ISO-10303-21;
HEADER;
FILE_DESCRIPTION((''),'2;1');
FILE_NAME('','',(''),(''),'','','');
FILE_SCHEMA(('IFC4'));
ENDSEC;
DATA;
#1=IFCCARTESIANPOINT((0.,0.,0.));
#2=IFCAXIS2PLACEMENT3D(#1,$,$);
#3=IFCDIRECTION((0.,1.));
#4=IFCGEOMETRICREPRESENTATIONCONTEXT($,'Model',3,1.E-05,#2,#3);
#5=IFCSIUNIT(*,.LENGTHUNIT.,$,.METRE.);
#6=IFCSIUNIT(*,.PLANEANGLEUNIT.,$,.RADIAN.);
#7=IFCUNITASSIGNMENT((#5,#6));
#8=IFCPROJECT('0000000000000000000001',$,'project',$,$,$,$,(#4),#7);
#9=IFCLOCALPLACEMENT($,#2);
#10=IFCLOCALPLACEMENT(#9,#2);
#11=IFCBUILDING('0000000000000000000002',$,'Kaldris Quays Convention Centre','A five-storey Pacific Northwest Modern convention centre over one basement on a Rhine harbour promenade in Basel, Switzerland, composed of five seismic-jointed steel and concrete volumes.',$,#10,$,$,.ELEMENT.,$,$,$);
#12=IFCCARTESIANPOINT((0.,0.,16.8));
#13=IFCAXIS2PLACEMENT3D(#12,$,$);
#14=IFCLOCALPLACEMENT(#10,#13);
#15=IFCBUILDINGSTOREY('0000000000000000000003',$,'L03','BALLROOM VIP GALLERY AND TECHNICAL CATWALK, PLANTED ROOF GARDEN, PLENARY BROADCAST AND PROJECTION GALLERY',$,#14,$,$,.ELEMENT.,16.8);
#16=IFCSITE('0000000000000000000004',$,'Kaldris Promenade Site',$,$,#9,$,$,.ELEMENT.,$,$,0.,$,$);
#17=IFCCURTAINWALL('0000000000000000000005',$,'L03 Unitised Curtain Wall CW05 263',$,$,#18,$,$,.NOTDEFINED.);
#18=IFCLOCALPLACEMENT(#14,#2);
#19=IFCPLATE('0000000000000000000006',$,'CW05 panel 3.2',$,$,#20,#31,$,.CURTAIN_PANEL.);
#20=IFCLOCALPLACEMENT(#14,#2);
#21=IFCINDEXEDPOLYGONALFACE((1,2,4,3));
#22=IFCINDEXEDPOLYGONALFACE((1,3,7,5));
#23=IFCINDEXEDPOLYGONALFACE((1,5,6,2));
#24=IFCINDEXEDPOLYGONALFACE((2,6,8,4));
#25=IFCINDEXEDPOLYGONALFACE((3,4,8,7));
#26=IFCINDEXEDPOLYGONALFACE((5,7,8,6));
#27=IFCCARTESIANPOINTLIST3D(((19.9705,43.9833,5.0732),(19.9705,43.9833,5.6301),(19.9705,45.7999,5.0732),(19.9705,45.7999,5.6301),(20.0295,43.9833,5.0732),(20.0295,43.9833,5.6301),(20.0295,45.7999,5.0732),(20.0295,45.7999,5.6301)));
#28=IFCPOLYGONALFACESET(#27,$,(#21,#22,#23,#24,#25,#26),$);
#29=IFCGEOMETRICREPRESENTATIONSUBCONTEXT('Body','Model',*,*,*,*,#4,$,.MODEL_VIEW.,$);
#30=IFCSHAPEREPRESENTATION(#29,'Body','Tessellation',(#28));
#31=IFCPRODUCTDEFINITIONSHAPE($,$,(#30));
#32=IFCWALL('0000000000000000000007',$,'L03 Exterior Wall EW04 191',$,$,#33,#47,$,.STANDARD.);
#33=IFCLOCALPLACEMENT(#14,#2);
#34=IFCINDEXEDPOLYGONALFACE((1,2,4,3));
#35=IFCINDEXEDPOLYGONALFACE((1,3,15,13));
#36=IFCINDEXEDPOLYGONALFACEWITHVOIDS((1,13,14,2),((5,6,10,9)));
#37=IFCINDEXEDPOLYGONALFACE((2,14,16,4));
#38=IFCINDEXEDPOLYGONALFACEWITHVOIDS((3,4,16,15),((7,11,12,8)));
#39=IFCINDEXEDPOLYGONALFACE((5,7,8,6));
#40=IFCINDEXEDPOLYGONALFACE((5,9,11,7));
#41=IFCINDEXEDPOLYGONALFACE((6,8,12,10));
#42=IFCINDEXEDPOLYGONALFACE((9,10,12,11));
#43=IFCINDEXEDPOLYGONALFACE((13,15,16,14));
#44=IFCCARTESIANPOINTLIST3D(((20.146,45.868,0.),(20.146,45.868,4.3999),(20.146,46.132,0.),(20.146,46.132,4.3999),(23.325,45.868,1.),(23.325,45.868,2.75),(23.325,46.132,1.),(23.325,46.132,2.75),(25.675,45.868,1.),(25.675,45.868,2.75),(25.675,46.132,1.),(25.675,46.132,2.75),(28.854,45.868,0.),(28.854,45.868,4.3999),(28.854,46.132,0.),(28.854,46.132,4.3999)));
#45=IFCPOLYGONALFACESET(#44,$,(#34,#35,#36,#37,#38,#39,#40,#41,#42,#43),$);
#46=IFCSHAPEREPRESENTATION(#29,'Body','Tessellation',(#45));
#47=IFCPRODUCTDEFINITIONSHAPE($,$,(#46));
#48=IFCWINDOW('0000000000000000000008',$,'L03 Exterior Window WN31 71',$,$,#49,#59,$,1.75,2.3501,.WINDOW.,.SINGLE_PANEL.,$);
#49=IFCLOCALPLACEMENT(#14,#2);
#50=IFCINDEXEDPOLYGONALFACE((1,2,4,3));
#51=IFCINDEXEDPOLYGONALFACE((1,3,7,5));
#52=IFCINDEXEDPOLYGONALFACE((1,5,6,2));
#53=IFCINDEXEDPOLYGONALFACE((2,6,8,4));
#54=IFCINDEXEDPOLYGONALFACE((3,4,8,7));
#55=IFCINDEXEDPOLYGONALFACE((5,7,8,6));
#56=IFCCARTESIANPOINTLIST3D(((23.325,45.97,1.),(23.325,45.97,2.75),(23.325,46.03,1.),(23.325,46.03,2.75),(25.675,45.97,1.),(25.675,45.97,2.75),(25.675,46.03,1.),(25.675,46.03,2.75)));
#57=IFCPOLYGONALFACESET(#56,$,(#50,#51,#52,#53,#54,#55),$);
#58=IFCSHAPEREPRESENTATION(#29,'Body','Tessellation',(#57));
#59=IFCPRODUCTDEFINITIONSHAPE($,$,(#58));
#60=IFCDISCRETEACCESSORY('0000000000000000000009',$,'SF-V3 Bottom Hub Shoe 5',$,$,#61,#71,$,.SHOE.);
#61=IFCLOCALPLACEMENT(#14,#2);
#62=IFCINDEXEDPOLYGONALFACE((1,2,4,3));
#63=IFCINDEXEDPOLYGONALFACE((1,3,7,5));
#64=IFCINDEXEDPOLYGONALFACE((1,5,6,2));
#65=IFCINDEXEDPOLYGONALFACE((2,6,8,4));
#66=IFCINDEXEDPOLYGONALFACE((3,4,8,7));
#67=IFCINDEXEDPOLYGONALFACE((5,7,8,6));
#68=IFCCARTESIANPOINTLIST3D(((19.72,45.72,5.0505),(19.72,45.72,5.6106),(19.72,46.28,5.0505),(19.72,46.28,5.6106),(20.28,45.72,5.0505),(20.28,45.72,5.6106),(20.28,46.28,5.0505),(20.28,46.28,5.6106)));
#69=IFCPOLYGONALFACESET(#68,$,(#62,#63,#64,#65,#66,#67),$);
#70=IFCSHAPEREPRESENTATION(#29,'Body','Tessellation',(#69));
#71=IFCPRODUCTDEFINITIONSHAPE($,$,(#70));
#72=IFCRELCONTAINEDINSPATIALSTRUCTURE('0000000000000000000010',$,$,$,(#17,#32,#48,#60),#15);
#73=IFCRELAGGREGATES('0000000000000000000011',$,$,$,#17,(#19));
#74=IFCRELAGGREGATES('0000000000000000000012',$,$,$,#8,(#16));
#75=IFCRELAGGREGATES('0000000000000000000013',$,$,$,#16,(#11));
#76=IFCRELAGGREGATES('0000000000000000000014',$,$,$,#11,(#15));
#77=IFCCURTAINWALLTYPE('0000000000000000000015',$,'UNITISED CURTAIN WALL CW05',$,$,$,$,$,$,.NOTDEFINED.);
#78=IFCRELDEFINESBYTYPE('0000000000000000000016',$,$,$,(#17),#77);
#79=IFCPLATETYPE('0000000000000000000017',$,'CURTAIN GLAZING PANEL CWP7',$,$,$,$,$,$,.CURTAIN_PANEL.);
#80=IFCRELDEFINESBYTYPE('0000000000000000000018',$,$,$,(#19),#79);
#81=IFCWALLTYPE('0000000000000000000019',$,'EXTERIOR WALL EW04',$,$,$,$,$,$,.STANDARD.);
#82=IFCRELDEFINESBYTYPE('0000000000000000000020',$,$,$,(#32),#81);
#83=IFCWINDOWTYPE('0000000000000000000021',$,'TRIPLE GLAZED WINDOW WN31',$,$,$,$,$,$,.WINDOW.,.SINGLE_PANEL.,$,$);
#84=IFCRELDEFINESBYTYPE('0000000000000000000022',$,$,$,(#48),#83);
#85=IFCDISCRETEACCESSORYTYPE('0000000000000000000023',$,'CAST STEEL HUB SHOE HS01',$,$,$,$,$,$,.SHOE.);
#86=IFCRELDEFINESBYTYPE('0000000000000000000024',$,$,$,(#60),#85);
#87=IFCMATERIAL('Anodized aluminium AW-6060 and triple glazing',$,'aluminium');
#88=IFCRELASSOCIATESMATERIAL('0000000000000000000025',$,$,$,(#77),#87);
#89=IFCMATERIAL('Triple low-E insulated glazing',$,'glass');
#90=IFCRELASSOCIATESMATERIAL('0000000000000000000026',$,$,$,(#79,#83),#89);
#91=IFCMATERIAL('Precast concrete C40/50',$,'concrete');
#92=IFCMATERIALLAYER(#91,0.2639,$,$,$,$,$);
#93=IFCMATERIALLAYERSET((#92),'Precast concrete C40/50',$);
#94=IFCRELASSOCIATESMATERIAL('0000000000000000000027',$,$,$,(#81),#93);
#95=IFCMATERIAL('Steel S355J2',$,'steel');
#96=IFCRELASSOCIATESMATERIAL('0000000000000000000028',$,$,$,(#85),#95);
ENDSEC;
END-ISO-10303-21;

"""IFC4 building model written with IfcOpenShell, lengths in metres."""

from ifc_helpers import new_model, si_unit, direction, frame, frame_2d, origin, origin_2d, place, context, subcontext, project, spatial, rectangle, extrude, material, layer, layer_set, type_object, element, fill, aggregate, save


model = new_model("IFC4")

# Units and contexts
model_context = context("Model", 3, precision=1e-05, world=origin(), true_north=direction((0.0, 1.0)))
body_context = subcontext(model_context, "Body", "Model", "MODEL_VIEW")
ifc_project = project(units=[si_unit("LENGTHUNIT", "METRE"), si_unit("PLANEANGLEUNIT", "RADIAN")], contexts=[model_context])

# Site, building, storey
site_placement = place(None, origin())
site = spatial("IfcSite", under=ifc_project, at=site_placement, Name="Kaldris Promenade Site", CompositionType="ELEMENT", RefElevation=0.0)
building_placement = place(site_placement, origin())
building = spatial("IfcBuilding", under=site, at=building_placement, Name="Kaldris Quays Convention Centre", Description="A five-storey Pacific Northwest Modern convention centre over one basement on a Rhine harbour promenade in Basel, Switzerland, composed of five seismic-jointed steel and concrete volumes.", CompositionType="ELEMENT")
storey_placement = place(building_placement, frame((0.0, 0.0, 16.8)))
storey = spatial("IfcBuildingStorey", under=building, at=storey_placement, Name="L03", Description="BALLROOM VIP GALLERY AND TECHNICAL CATWALK, PLANTED ROOF GARDEN, PLENARY BROADCAST AND PROJECTION GALLERY", CompositionType="ELEMENT", Elevation=16.8)

# Shared definitions
ifc_material_1 = material(Name="Steel S355J2", Category="steel")

# Curtain wall
ifc_material_2 = material(Name="Anodized aluminium AW-6060 and triple glazing", Category="aluminium")
curtain_wall_type = type_object("IfcCurtainWallType", Name="UNITISED CURTAIN WALL CW05", PredefinedType="NOTDEFINED", material=ifc_material_2)
curtain_wall_placement = place(storey_placement, origin())
curtain_wall = element("IfcCurtainWall", 1, at=curtain_wall_placement, inside=storey, type_object=curtain_wall_type, Name="L03 Unitised Curtain Wall CW05 263", PredefinedType="NOTDEFINED")

# Plate
ifc_material_3 = material(Name="Triple low-E insulated glazing", Category="glass")
plate_type = type_object("IfcPlateType", Name="CURTAIN GLAZING PANEL CWP7", PredefinedType="CURTAIN_PANEL", material=ifc_material_3)
plate_1_placement = place(storey_placement, frame((20.0, 44.8916, 5.0732), z_axis=(0.0, 0.0, 1.0), x_axis=(0.0, 1.0, 0.0)))
plate_1 = element("IfcPlate", 2, at=plate_1_placement, type_object=plate_type, Name="CW05 panel 3.2", PredefinedType="CURTAIN_PANEL", context=body_context, shape_type="SweptSolid", body=[
    extrude(rectangle(XDim=1.8167, YDim=0.0591, at=origin_2d()), origin(), (0.0, 0.0, 1.0), 0.5569),
])
aggregate(curtain_wall, [plate_1])

# Wall, opening, window
ifc_material_4 = material(Name="Precast concrete C40/50", Category="concrete")
ifc_layer = layer(ifc_material_4, 0.2639)
ifc_layer_set = layer_set([ifc_layer], Name="Precast concrete C40/50")
wall_type = type_object("IfcWallType", Name="EXTERIOR WALL EW04", PredefinedType="STANDARD", material=ifc_layer_set)
wall_placement = place(storey_placement, frame((20.146, 46.0, 0.0), z_axis=(0.0, 0.0, 1.0), x_axis=(1.0, 0.0, 0.0)))
wall = element("IfcWall", 3, at=wall_placement, inside=storey, type_object=wall_type, Name="L03 Exterior Wall EW04 191", PredefinedType="STANDARD", context=body_context, shape_type="SweptSolid", body=[
    extrude(rectangle(XDim=8.708, YDim=0.2639, at=frame_2d((4.354, 0.0))), origin(), (0.0, 0.0, 1.0), 4.3999),
])
opening_placement = place(wall_placement, frame((3.179, 0.0, 1.0)))
opening = element("IfcOpeningElement", 4, at=opening_placement, cuts=wall, PredefinedType="OPENING", context=body_context, shape_type="SweptSolid", body=[
    extrude(rectangle(XDim=2.3501, YDim=1.75, at=frame_2d((1.175, 0.875))), frame((0.0, 0.1421, 0.0), z_axis=(0.0, -1.0, 0.0), x_axis=(1.0, 0.0, 0.0)), (0.0, 0.0, 1.0), 0.2839),
])
window_type = type_object("IfcWindowType", Name="TRIPLE GLAZED WINDOW WN31", PartitioningType="SINGLE_PANEL", PredefinedType="WINDOW", material=ifc_material_3)
window_placement = place(opening_placement, origin())
window = element("IfcWindow", 5, at=window_placement, inside=storey, type_object=window_type, Name="L03 Exterior Window WN31 71", OverallHeight=1.75, OverallWidth=2.3501, PartitioningType="SINGLE_PANEL", PredefinedType="WINDOW", context=body_context, shape_type="SweptSolid", body=[
    extrude(rectangle(XDim=2.3501, YDim=1.75, at=frame_2d((1.175, 0.875))), frame((0.0, 0.03, 0.0), z_axis=(0.0, -1.0, 0.0), x_axis=(1.0, 0.0, 0.0)), (0.0, 0.0, 1.0), 0.0601),
])
fill(opening, window)

# Discrete accessory
discrete_accessory_type = type_object("IfcDiscreteAccessoryType", Name="CAST STEEL HUB SHOE HS01", PredefinedType="SHOE", material=ifc_material_1)
discrete_accessory_placement = place(storey_placement, frame((20.0, 46.0, 5.0505), z_axis=(0.0, 0.0, 1.0), x_axis=(1.0, 0.0, 0.0)))
element("IfcDiscreteAccessory", 6, at=discrete_accessory_placement, inside=storey, type_object=discrete_accessory_type, Name="SF-V3 Bottom Hub Shoe 5", PredefinedType="SHOE", context=body_context, shape_type="SweptSolid", body=[
    extrude(rectangle(XDim=0.5601, YDim=0.5601, at=origin_2d()), origin(), (0.0, 0.0, 1.0), 0.5601),
])

save(model, "model.ifc")
